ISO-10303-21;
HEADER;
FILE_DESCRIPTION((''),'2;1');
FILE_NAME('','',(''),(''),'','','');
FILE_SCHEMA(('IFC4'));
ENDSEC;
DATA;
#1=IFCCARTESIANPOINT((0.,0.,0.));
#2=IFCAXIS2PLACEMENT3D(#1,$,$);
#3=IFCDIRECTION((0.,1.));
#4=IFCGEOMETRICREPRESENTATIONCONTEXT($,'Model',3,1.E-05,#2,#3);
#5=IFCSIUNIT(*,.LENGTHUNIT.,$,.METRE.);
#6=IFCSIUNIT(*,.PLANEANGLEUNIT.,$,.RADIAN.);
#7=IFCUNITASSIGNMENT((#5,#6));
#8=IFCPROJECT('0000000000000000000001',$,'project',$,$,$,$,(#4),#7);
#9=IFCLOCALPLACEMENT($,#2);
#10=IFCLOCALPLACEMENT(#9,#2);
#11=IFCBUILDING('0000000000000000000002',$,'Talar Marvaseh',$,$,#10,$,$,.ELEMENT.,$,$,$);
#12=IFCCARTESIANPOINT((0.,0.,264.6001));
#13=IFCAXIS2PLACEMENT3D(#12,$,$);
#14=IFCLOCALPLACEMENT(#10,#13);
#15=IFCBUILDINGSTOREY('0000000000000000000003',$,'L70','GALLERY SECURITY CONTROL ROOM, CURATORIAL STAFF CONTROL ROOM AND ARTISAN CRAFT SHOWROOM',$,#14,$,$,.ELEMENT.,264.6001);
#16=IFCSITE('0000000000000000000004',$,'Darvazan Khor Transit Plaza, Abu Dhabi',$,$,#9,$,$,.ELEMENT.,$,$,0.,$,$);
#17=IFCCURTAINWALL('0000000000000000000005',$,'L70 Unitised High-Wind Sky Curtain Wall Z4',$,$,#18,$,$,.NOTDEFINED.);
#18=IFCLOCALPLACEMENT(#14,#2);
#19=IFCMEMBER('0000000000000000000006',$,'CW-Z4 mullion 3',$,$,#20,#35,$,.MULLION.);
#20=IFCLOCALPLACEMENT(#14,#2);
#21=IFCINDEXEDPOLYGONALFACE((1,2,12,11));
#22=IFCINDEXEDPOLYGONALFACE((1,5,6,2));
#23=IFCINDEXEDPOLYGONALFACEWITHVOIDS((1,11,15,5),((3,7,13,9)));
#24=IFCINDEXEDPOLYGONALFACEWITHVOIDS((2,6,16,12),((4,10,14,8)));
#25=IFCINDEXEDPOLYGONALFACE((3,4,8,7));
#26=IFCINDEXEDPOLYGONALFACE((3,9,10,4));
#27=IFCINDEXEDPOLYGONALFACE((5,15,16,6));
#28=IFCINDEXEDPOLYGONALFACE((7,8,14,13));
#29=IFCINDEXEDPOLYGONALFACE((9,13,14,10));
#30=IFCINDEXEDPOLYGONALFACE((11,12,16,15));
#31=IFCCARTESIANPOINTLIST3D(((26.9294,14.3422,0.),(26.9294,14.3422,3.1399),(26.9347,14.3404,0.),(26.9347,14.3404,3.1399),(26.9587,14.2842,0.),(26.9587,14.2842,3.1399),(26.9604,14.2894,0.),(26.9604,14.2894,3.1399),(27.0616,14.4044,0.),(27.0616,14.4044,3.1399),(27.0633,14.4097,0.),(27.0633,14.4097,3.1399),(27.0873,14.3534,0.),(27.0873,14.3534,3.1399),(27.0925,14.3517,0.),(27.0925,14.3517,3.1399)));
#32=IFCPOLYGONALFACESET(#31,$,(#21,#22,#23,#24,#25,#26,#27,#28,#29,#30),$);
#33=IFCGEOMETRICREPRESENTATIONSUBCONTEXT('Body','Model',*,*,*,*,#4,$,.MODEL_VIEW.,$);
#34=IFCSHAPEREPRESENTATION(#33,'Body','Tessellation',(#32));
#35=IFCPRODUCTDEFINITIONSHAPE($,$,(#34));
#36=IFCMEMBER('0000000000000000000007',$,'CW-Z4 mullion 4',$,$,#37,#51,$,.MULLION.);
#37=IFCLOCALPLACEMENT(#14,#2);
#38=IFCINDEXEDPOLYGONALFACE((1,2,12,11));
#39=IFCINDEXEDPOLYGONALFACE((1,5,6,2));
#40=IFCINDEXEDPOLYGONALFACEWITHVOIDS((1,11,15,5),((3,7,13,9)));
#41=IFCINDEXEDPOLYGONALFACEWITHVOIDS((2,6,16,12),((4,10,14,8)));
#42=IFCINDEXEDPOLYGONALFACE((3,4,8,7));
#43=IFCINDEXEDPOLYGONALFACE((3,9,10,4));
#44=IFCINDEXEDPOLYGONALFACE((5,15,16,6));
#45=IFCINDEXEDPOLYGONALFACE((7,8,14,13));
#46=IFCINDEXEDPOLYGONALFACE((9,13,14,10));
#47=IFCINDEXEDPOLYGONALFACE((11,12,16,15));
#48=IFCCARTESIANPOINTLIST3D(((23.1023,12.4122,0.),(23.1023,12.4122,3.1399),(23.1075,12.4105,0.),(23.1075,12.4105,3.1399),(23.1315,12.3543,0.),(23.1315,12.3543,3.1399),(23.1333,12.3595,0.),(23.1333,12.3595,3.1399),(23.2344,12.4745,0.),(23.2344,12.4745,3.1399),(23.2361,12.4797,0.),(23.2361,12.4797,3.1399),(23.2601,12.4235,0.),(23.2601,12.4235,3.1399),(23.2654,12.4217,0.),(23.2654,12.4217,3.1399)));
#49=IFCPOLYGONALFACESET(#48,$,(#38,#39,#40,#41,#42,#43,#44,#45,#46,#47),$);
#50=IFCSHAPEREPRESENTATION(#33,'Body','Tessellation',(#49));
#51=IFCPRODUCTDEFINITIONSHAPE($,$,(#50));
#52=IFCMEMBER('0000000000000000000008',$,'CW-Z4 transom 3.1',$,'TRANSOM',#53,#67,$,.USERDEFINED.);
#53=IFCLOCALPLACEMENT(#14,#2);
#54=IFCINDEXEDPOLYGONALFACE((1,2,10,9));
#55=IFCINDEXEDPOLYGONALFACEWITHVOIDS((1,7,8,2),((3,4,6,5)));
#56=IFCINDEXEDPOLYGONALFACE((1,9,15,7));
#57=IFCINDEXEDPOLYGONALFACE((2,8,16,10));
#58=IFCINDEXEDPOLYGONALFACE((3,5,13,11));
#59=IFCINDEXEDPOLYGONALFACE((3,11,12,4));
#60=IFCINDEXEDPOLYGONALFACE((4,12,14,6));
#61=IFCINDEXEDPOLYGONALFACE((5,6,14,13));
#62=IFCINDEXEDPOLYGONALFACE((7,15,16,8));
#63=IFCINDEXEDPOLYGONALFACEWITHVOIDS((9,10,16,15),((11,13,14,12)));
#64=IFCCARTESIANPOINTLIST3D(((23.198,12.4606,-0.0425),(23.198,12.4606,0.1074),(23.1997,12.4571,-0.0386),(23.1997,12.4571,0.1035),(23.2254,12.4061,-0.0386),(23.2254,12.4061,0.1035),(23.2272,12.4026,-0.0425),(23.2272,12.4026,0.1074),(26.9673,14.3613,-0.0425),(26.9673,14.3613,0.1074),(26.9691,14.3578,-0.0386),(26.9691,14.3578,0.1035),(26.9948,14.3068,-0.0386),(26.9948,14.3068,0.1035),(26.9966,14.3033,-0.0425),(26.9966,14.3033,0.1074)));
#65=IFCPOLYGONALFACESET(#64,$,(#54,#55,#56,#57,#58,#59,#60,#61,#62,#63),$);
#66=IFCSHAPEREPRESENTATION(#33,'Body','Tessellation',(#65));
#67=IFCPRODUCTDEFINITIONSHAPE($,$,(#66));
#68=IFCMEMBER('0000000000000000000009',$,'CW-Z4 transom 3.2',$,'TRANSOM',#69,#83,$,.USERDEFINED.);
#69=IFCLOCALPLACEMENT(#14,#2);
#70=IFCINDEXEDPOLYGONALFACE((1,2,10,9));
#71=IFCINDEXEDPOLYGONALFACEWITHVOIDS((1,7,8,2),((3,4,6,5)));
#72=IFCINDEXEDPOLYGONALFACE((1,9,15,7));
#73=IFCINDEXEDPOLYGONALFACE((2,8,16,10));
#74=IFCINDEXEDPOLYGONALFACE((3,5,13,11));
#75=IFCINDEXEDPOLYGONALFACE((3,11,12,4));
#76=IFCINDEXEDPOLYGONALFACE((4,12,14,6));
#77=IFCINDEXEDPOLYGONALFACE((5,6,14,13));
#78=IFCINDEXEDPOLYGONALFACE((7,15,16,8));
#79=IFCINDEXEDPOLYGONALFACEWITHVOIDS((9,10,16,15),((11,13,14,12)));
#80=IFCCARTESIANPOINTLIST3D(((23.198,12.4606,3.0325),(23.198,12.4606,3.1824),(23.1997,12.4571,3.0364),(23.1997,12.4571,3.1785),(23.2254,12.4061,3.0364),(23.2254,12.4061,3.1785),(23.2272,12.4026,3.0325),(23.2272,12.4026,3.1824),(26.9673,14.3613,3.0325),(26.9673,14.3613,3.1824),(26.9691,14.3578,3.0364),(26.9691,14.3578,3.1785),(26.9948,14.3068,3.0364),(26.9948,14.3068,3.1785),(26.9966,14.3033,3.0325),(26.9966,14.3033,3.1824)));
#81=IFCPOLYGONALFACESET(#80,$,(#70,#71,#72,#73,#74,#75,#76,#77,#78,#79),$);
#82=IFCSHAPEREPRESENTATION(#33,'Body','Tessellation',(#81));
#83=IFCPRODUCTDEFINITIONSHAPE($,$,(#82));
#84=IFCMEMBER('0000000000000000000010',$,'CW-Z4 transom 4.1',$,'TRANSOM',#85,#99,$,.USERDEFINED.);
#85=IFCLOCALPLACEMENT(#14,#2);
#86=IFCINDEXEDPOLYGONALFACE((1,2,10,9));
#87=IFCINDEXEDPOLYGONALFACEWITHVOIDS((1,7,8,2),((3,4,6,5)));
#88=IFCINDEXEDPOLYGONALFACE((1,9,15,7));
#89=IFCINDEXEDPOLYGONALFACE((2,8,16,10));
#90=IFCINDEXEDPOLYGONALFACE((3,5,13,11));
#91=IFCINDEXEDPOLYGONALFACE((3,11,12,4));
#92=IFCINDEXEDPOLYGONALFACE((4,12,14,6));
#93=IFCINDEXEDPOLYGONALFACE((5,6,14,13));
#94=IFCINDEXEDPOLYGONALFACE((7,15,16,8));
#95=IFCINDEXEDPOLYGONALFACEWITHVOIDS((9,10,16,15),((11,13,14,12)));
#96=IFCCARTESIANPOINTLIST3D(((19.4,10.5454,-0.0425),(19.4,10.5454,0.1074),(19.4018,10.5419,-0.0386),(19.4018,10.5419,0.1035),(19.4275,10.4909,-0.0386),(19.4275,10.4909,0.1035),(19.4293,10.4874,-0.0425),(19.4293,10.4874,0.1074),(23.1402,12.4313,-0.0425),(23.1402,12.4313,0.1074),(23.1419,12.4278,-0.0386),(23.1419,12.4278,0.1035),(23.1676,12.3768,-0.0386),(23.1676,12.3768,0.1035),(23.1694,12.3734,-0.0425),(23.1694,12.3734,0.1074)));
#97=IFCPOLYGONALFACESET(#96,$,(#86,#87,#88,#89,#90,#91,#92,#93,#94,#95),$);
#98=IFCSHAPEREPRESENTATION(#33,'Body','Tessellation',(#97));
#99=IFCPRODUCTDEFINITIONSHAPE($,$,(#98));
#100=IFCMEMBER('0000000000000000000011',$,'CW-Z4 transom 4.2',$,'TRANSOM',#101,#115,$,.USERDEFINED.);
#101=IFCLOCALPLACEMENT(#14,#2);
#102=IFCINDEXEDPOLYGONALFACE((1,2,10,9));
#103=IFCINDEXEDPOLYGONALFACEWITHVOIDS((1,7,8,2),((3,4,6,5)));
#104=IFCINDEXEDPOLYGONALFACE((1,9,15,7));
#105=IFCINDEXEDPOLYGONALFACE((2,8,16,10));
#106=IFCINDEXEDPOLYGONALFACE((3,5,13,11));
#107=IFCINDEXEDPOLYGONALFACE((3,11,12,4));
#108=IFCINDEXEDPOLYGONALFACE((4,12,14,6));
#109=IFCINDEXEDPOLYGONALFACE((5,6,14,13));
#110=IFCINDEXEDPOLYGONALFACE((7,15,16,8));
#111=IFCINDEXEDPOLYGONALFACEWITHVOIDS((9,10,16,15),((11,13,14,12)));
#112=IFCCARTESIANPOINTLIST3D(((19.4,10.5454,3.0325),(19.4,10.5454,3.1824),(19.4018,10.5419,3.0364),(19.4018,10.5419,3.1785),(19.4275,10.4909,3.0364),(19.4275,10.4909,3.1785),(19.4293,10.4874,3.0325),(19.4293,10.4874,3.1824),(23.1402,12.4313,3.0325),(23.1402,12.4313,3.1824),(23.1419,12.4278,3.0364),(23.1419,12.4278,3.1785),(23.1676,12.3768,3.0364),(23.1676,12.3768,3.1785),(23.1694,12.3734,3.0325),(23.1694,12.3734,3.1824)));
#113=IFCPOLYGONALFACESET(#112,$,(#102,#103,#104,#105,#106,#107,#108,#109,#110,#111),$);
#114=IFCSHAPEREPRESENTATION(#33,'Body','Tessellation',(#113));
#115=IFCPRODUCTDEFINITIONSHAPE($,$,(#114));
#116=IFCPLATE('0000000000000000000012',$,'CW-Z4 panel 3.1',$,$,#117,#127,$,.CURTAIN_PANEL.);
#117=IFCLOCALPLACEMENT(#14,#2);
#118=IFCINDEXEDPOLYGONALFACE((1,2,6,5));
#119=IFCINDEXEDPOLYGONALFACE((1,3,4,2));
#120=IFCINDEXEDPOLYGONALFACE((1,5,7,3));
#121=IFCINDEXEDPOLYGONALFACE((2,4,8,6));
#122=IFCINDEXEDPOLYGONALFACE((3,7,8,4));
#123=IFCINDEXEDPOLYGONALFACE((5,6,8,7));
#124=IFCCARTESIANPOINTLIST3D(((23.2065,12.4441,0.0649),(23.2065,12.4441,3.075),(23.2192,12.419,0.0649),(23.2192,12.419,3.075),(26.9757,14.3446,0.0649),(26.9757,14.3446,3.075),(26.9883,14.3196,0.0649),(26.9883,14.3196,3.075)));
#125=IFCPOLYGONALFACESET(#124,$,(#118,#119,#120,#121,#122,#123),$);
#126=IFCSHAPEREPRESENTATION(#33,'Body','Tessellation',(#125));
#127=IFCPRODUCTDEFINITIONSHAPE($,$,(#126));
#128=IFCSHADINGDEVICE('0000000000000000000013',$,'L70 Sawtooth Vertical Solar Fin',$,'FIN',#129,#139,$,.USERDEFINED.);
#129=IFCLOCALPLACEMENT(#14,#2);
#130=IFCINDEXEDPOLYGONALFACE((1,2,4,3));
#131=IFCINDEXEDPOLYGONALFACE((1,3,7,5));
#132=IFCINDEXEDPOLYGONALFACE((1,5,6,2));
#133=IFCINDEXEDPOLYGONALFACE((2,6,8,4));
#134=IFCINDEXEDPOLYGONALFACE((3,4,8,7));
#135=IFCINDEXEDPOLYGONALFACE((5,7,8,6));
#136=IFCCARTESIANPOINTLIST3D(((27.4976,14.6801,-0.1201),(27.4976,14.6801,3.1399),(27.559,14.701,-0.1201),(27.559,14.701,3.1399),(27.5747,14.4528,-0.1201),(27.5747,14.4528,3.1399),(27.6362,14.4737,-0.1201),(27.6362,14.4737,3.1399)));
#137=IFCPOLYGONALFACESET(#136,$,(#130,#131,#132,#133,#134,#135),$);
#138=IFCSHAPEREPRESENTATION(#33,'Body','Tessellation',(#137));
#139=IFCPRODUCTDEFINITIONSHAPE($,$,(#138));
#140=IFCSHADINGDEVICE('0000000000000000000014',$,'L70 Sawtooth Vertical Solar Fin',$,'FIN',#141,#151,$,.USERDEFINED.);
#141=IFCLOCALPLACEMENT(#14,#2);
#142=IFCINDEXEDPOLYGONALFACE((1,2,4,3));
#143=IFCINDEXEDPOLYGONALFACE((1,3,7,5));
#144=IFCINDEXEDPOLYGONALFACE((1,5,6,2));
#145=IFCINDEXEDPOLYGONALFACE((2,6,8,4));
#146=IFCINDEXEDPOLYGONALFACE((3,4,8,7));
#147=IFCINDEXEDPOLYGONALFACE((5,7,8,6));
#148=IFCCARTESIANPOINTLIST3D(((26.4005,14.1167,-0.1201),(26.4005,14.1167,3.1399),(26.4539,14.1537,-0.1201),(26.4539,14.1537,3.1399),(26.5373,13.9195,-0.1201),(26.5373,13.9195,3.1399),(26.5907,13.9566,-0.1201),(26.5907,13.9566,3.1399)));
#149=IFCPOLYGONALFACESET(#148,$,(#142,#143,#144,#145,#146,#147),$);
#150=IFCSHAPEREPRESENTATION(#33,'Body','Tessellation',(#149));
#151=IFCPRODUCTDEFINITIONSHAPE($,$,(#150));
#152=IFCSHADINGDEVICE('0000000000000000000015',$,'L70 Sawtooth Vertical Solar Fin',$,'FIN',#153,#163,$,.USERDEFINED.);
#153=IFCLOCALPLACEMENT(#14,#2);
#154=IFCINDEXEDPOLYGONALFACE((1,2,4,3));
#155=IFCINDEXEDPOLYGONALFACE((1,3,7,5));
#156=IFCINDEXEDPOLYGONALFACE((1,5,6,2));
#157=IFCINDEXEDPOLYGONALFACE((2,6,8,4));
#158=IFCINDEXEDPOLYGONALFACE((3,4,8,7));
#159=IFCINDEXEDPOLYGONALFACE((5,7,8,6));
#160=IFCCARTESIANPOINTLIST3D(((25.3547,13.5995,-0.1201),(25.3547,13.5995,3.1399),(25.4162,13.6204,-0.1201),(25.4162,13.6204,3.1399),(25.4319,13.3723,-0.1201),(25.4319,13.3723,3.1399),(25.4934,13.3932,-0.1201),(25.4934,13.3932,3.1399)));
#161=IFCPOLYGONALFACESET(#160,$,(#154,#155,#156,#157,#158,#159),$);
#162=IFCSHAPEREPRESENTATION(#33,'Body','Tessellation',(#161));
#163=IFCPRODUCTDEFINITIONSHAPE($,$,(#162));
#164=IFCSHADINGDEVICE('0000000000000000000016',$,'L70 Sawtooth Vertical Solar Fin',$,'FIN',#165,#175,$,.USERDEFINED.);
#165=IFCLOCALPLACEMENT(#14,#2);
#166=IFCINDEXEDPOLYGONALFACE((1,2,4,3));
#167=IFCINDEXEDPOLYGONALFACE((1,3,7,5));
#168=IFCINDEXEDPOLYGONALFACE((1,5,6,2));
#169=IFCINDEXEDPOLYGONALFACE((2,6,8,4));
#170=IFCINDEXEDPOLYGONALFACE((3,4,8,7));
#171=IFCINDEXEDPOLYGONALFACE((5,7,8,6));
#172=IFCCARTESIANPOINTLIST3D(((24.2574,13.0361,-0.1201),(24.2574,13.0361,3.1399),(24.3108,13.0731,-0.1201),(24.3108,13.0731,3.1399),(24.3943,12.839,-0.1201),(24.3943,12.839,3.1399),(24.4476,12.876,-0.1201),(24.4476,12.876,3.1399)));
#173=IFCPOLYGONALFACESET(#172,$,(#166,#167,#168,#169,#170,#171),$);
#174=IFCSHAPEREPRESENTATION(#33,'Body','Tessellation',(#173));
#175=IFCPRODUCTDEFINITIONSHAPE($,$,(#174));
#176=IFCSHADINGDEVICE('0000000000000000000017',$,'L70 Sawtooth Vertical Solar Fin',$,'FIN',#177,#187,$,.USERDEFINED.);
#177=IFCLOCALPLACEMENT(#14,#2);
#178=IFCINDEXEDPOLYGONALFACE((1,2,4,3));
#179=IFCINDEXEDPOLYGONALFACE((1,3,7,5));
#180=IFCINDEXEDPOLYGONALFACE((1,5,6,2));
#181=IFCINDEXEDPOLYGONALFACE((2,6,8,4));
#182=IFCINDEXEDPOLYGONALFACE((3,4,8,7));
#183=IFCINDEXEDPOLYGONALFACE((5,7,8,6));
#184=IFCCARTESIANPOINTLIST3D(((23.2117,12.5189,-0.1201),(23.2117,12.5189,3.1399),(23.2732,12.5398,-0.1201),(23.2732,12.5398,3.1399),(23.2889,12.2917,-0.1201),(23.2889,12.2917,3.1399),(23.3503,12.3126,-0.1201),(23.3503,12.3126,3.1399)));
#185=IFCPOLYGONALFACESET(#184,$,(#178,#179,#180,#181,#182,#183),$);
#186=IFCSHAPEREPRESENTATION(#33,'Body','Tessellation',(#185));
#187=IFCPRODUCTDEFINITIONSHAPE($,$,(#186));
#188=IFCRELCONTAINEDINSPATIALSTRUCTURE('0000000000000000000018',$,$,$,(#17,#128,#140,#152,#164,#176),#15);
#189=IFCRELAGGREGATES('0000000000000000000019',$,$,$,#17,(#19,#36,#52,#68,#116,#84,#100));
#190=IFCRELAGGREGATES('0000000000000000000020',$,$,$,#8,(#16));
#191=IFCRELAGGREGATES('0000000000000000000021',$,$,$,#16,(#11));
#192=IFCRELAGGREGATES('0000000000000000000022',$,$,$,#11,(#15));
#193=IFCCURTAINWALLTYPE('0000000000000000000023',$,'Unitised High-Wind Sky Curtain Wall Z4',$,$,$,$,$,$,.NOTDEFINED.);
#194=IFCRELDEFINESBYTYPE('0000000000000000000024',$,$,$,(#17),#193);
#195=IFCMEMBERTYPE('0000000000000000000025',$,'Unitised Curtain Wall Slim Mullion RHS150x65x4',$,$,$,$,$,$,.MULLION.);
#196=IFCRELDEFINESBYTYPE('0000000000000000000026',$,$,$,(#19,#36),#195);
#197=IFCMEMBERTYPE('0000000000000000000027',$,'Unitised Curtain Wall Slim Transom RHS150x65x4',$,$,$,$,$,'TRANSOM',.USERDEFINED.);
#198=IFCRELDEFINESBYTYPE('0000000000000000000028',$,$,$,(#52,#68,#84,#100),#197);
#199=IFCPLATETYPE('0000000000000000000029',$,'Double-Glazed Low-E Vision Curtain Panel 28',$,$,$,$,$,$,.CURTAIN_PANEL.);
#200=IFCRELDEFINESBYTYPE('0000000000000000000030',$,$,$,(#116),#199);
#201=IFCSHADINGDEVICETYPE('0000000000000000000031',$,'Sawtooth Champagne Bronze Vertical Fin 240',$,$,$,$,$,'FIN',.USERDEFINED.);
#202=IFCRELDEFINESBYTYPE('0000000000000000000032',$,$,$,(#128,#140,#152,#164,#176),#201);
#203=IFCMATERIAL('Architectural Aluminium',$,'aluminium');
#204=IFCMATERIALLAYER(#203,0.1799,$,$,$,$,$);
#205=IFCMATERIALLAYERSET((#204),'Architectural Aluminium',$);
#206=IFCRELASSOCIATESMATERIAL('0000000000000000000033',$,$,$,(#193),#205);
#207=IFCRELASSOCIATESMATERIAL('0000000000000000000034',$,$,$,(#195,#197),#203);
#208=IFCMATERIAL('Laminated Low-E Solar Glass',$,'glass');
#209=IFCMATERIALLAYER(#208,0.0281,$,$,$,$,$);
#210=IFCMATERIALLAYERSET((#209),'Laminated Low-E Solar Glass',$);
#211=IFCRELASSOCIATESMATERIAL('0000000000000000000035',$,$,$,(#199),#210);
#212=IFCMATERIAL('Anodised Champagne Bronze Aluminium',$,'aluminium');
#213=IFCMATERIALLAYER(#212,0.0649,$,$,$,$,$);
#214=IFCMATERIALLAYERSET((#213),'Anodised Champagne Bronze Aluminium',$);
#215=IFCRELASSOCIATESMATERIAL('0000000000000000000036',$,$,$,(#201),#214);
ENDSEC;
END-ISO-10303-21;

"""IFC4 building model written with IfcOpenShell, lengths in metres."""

from ifc_helpers import new_model, si_unit, direction, frame, origin, origin_2d, place, context, subcontext, project, spatial, rectangle, hollow_rectangle, extrude, source, transform, mapped, material, layer, layer_set, material_profile, profile_set, type_object, type_shapes, element, aggregate, save


model = new_model("IFC4")

# Units and contexts
model_context = context("Model", 3, precision=1e-05, world=origin(), true_north=direction((0.0, 1.0)))
body_context = subcontext(model_context, "Body", "Model", "MODEL_VIEW")
ifc_project = project(units=[si_unit("LENGTHUNIT", "METRE"), si_unit("PLANEANGLEUNIT", "RADIAN")], contexts=[model_context])

# Site, building, storey
site_placement = place(None, origin())
site = spatial("IfcSite", under=ifc_project, at=site_placement, Name="Darvazan Khor Transit Plaza, Abu Dhabi", CompositionType="ELEMENT", RefElevation=0.0)
building_placement = place(site_placement, origin())
building = spatial("IfcBuilding", under=site, at=building_placement, Name="Talar Marvaseh", CompositionType="ELEMENT")
storey_placement = place(building_placement, frame((0.0, 0.0, 264.6001)))
storey = spatial("IfcBuildingStorey", under=building, at=storey_placement, Name="L70", Description="GALLERY SECURITY CONTROL ROOM, CURATORIAL STAFF CONTROL ROOM AND ARTISAN CRAFT SHOWROOM", CompositionType="ELEMENT", Elevation=264.6001)

# Curtain wall, members, plate
ifc_material_1 = material(Name="Architectural Aluminium", Category="aluminium")
ifc_layer_1 = layer(ifc_material_1, 0.1799)
ifc_layer_set_1 = layer_set([ifc_layer_1], Name="Architectural Aluminium")
curtain_wall_type = type_object("IfcCurtainWallType", Name="Unitised High-Wind Sky Curtain Wall Z4", PredefinedType="NOTDEFINED", material=ifc_layer_set_1)
curtain_wall_placement = place(storey_placement, origin())
curtain_wall = element("IfcCurtainWall", 1, at=curtain_wall_placement, inside=storey, type_object=curtain_wall_type, Name="L70 Unitised High-Wind Sky Curtain Wall Z4", PredefinedType="NOTDEFINED")
ifc_material_profile_1 = material_profile(ifc_material_1, hollow_rectangle(XDim=0.0649, YDim=0.1499, WallThickness=0.0039, at=origin_2d()), Name="RHS150x65x4")
ifc_profile_set_1 = profile_set([ifc_material_profile_1], Name="Architectural Aluminium")
member_type_1 = type_object("IfcMemberType", Name="Unitised Curtain Wall Slim Mullion RHS150x65x4", PredefinedType="MULLION", material=ifc_profile_set_1)
shared_shape_1 = source(origin(), body_context, "Body", "SweptSolid", [
    extrude(hollow_rectangle(XDim=0.0649, YDim=0.1499, WallThickness=0.0039, at=origin_2d()), origin(), (0.0, 0.0, 1.0), 3.1399),
])
type_shapes(member_type_1, [shared_shape_1])
member_1_placement = place(storey_placement, frame((27.011, 14.3469, 0.0), z_axis=(0.0, 0.0, 1.0), x_axis=(0.450237, -0.892909, 0.0)))
member_1 = element("IfcMember", 2, at=member_1_placement, type_object=member_type_1, Name="CW-Z4 mullion 3", PredefinedType="MULLION", context=body_context, shape_type="MappedRepresentation", body=[
    mapped(shared_shape_1, transform((0.0, 0.0, 0.0), x_axis=(1.0, 0.0, 0.0), y_axis=(0.0, 1.0, 0.0), z_axis=(0.0, 0.0, 1.0), scale=1.0)),
])
member_2_placement = place(storey_placement, frame((23.1838, 12.417, 0.0), z_axis=(0.0, 0.0, 1.0), x_axis=(0.450237, -0.892909, 0.0)))
member_2 = element("IfcMember", 3, at=member_2_placement, type_object=member_type_1, Name="CW-Z4 mullion 4", PredefinedType="MULLION", context=body_context, shape_type="MappedRepresentation", body=[
    mapped(shared_shape_1, transform((0.0, 0.0, 0.0), x_axis=(1.0, 0.0, 0.0), y_axis=(0.0, 1.0, 0.0), z_axis=(0.0, 0.0, 1.0), scale=1.0)),
])
ifc_material_profile_2 = material_profile(ifc_material_1, hollow_rectangle(XDim=0.0649, YDim=0.1499, WallThickness=0.0039, at=origin_2d()), Name="RHS150x65x4")
ifc_profile_set_2 = profile_set([ifc_material_profile_2], Name="Architectural Aluminium")
member_type_2 = type_object("IfcMemberType", Name="Unitised Curtain Wall Slim Transom RHS150x65x4", ElementType="TRANSOM", PredefinedType="USERDEFINED", material=ifc_profile_set_2)
shared_shape_2 = source(origin(), body_context, "Body", "SweptSolid", [
    extrude(hollow_rectangle(XDim=0.0649, YDim=0.1499, WallThickness=0.0039, at=origin_2d()), origin(), (0.0, 0.0, 1.0), 4.2214),
])
member_3_placement = place(storey_placement, frame((26.9819, 14.3323, 0.0325), z_axis=(-0.892907, -0.450242, 0.0), x_axis=(0.450242, -0.892907, 0.0)))
member_3 = element("IfcMember", 4, at=member_3_placement, type_object=member_type_2, Name="CW-Z4 transom 3.1", ObjectType="TRANSOM", PredefinedType="USERDEFINED", context=body_context, shape_type="MappedRepresentation", body=[
    mapped(shared_shape_2, transform((0.0, 0.0, 0.0), x_axis=(1.0, 0.0, 0.0), y_axis=(0.0, 1.0, 0.0), z_axis=(0.0, 0.0, 1.0), scale=1.0)),
])
member_4_placement = place(storey_placement, frame((26.9819, 14.3323, 3.1074), z_axis=(-0.892907, -0.450242, 0.0), x_axis=(0.450242, -0.892907, 0.0)))
member_4 = element("IfcMember", 5, at=member_4_placement, type_object=member_type_2, Name="CW-Z4 transom 3.2", ObjectType="TRANSOM", PredefinedType="USERDEFINED", context=body_context, shape_type="MappedRepresentation", body=[
    mapped(shared_shape_2, transform((0.0, 0.0, 0.0), x_axis=(1.0, 0.0, 0.0), y_axis=(0.0, 1.0, 0.0), z_axis=(0.0, 0.0, 1.0), scale=1.0)),
])
shared_shape_3 = source(origin(), body_context, "Body", "SweptSolid", [
    extrude(hollow_rectangle(XDim=0.0649, YDim=0.1499, WallThickness=0.0039, at=origin_2d()), origin(), (0.0, 0.0, 1.0), 4.1887),
])
type_shapes(member_type_2, [shared_shape_2, shared_shape_3])
member_5_placement = place(storey_placement, frame((23.1548, 12.4023, 0.0325), z_axis=(-0.892907, -0.450242, 0.0), x_axis=(0.450242, -0.892907, 0.0)))
member_5 = element("IfcMember", 6, at=member_5_placement, type_object=member_type_2, Name="CW-Z4 transom 4.1", ObjectType="TRANSOM", PredefinedType="USERDEFINED", context=body_context, shape_type="MappedRepresentation", body=[
    mapped(shared_shape_3, transform((0.0, 0.0, 0.0), x_axis=(1.0, 0.0, 0.0), y_axis=(0.0, 1.0, 0.0), z_axis=(0.0, 0.0, 1.0), scale=1.0)),
])
member_6_placement = place(storey_placement, frame((23.1548, 12.4023, 3.1074), z_axis=(-0.892907, -0.450242, 0.0), x_axis=(0.450242, -0.892907, 0.0)))
member_6 = element("IfcMember", 7, at=member_6_placement, type_object=member_type_2, Name="CW-Z4 transom 4.2", ObjectType="TRANSOM", PredefinedType="USERDEFINED", context=body_context, shape_type="MappedRepresentation", body=[
    mapped(shared_shape_3, transform((0.0, 0.0, 0.0), x_axis=(1.0, 0.0, 0.0), y_axis=(0.0, 1.0, 0.0), z_axis=(0.0, 0.0, 1.0), scale=1.0)),
])
ifc_material_2 = material(Name="Laminated Low-E Solar Glass", Category="glass")
ifc_layer_2 = layer(ifc_material_2, 0.0281)
ifc_layer_set_2 = layer_set([ifc_layer_2], Name="Laminated Low-E Solar Glass")
plate_type = type_object("IfcPlateType", Name="Double-Glazed Low-E Vision Curtain Panel 28", PredefinedType="CURTAIN_PANEL", material=ifc_layer_set_2)
shared_shape_4 = source(origin(), body_context, "Body", "SweptSolid", [
    extrude(rectangle(XDim=4.2212, YDim=0.0281, at=origin_2d()), origin(), (0.0, 0.0, 1.0), 3.01),
])
type_shapes(plate_type, [shared_shape_4])
plate_placement = place(storey_placement, frame((25.0974, 13.3818, 0.0649), z_axis=(0.0, 0.0, 1.0), x_axis=(-0.892909, -0.450237, 0.0)))
plate = element("IfcPlate", 8, at=plate_placement, type_object=plate_type, Name="CW-Z4 panel 3.1", PredefinedType="CURTAIN_PANEL", context=body_context, shape_type="MappedRepresentation", body=[
    mapped(shared_shape_4, transform((0.0, 0.0, 0.0), x_axis=(1.0, 0.0, 0.0), y_axis=(0.0, 1.0, 0.0), z_axis=(0.0, 0.0, 1.0), scale=1.0)),
])
aggregate(curtain_wall, [member_1, member_2, member_3, member_4, plate, member_5, member_6])

# Shading devices
ifc_material_3 = material(Name="Anodised Champagne Bronze Aluminium", Category="aluminium")
ifc_layer_3 = layer(ifc_material_3, 0.0649)
ifc_layer_set_3 = layer_set([ifc_layer_3], Name="Anodised Champagne Bronze Aluminium")
shading_device_type = type_object("IfcShadingDeviceType", Name="Sawtooth Champagne Bronze Vertical Fin 240", ElementType="FIN", PredefinedType="USERDEFINED", material=ifc_layer_set_3)
shared_shape_5 = source(origin(), body_context, "Body", "SweptSolid", [
    extrude(rectangle(XDim=0.24, YDim=0.0649, at=origin_2d()), origin(), (0.0, 0.0, 1.0), 3.26),
])
type_shapes(shading_device_type, [shared_shape_5])
for number, where, z_axis, x_axis, name in (
    (9, (27.5669, 14.5769, -0.1201), (0.0, 0.0, 1.0), (0.321605, -0.946874, 0.0), "L70 Sawtooth Vertical Solar Fin"),
    (10, (26.4956, 14.0366, -0.1201), (0.0, 0.0, 1.0), (0.57014, -0.821547, 0.0), "L70 Sawtooth Vertical Solar Fin"),
    (11, (25.4241, 13.4963, -0.1201), (0.0, 0.0, 1.0), (0.321605, -0.946874, 0.0), "L70 Sawtooth Vertical Solar Fin"),
    (12, (24.3525, 12.9561, -0.1201), (0.0, 0.0, 1.0), (0.57014, -0.821547, 0.0), "L70 Sawtooth Vertical Solar Fin"),
    (13, (23.281, 12.4158, -0.1201), (0.0, 0.0, 1.0), (0.321605, -0.946874, 0.0), "L70 Sawtooth Vertical Solar Fin"),
):
    element("IfcShadingDevice", number, at=place(storey_placement, frame(where, z_axis=z_axis, x_axis=x_axis)), inside=storey, type_object=shading_device_type, Name=name, ObjectType="FIN", PredefinedType="USERDEFINED", context=body_context, shape_type="MappedRepresentation", body=[
        mapped(shared_shape_5, transform((0.0, 0.0, 0.0), x_axis=(1.0, 0.0, 0.0), y_axis=(0.0, 1.0, 0.0), z_axis=(0.0, 0.0, 1.0), scale=1.0)),
    ])

save(model, "model.ifc")
